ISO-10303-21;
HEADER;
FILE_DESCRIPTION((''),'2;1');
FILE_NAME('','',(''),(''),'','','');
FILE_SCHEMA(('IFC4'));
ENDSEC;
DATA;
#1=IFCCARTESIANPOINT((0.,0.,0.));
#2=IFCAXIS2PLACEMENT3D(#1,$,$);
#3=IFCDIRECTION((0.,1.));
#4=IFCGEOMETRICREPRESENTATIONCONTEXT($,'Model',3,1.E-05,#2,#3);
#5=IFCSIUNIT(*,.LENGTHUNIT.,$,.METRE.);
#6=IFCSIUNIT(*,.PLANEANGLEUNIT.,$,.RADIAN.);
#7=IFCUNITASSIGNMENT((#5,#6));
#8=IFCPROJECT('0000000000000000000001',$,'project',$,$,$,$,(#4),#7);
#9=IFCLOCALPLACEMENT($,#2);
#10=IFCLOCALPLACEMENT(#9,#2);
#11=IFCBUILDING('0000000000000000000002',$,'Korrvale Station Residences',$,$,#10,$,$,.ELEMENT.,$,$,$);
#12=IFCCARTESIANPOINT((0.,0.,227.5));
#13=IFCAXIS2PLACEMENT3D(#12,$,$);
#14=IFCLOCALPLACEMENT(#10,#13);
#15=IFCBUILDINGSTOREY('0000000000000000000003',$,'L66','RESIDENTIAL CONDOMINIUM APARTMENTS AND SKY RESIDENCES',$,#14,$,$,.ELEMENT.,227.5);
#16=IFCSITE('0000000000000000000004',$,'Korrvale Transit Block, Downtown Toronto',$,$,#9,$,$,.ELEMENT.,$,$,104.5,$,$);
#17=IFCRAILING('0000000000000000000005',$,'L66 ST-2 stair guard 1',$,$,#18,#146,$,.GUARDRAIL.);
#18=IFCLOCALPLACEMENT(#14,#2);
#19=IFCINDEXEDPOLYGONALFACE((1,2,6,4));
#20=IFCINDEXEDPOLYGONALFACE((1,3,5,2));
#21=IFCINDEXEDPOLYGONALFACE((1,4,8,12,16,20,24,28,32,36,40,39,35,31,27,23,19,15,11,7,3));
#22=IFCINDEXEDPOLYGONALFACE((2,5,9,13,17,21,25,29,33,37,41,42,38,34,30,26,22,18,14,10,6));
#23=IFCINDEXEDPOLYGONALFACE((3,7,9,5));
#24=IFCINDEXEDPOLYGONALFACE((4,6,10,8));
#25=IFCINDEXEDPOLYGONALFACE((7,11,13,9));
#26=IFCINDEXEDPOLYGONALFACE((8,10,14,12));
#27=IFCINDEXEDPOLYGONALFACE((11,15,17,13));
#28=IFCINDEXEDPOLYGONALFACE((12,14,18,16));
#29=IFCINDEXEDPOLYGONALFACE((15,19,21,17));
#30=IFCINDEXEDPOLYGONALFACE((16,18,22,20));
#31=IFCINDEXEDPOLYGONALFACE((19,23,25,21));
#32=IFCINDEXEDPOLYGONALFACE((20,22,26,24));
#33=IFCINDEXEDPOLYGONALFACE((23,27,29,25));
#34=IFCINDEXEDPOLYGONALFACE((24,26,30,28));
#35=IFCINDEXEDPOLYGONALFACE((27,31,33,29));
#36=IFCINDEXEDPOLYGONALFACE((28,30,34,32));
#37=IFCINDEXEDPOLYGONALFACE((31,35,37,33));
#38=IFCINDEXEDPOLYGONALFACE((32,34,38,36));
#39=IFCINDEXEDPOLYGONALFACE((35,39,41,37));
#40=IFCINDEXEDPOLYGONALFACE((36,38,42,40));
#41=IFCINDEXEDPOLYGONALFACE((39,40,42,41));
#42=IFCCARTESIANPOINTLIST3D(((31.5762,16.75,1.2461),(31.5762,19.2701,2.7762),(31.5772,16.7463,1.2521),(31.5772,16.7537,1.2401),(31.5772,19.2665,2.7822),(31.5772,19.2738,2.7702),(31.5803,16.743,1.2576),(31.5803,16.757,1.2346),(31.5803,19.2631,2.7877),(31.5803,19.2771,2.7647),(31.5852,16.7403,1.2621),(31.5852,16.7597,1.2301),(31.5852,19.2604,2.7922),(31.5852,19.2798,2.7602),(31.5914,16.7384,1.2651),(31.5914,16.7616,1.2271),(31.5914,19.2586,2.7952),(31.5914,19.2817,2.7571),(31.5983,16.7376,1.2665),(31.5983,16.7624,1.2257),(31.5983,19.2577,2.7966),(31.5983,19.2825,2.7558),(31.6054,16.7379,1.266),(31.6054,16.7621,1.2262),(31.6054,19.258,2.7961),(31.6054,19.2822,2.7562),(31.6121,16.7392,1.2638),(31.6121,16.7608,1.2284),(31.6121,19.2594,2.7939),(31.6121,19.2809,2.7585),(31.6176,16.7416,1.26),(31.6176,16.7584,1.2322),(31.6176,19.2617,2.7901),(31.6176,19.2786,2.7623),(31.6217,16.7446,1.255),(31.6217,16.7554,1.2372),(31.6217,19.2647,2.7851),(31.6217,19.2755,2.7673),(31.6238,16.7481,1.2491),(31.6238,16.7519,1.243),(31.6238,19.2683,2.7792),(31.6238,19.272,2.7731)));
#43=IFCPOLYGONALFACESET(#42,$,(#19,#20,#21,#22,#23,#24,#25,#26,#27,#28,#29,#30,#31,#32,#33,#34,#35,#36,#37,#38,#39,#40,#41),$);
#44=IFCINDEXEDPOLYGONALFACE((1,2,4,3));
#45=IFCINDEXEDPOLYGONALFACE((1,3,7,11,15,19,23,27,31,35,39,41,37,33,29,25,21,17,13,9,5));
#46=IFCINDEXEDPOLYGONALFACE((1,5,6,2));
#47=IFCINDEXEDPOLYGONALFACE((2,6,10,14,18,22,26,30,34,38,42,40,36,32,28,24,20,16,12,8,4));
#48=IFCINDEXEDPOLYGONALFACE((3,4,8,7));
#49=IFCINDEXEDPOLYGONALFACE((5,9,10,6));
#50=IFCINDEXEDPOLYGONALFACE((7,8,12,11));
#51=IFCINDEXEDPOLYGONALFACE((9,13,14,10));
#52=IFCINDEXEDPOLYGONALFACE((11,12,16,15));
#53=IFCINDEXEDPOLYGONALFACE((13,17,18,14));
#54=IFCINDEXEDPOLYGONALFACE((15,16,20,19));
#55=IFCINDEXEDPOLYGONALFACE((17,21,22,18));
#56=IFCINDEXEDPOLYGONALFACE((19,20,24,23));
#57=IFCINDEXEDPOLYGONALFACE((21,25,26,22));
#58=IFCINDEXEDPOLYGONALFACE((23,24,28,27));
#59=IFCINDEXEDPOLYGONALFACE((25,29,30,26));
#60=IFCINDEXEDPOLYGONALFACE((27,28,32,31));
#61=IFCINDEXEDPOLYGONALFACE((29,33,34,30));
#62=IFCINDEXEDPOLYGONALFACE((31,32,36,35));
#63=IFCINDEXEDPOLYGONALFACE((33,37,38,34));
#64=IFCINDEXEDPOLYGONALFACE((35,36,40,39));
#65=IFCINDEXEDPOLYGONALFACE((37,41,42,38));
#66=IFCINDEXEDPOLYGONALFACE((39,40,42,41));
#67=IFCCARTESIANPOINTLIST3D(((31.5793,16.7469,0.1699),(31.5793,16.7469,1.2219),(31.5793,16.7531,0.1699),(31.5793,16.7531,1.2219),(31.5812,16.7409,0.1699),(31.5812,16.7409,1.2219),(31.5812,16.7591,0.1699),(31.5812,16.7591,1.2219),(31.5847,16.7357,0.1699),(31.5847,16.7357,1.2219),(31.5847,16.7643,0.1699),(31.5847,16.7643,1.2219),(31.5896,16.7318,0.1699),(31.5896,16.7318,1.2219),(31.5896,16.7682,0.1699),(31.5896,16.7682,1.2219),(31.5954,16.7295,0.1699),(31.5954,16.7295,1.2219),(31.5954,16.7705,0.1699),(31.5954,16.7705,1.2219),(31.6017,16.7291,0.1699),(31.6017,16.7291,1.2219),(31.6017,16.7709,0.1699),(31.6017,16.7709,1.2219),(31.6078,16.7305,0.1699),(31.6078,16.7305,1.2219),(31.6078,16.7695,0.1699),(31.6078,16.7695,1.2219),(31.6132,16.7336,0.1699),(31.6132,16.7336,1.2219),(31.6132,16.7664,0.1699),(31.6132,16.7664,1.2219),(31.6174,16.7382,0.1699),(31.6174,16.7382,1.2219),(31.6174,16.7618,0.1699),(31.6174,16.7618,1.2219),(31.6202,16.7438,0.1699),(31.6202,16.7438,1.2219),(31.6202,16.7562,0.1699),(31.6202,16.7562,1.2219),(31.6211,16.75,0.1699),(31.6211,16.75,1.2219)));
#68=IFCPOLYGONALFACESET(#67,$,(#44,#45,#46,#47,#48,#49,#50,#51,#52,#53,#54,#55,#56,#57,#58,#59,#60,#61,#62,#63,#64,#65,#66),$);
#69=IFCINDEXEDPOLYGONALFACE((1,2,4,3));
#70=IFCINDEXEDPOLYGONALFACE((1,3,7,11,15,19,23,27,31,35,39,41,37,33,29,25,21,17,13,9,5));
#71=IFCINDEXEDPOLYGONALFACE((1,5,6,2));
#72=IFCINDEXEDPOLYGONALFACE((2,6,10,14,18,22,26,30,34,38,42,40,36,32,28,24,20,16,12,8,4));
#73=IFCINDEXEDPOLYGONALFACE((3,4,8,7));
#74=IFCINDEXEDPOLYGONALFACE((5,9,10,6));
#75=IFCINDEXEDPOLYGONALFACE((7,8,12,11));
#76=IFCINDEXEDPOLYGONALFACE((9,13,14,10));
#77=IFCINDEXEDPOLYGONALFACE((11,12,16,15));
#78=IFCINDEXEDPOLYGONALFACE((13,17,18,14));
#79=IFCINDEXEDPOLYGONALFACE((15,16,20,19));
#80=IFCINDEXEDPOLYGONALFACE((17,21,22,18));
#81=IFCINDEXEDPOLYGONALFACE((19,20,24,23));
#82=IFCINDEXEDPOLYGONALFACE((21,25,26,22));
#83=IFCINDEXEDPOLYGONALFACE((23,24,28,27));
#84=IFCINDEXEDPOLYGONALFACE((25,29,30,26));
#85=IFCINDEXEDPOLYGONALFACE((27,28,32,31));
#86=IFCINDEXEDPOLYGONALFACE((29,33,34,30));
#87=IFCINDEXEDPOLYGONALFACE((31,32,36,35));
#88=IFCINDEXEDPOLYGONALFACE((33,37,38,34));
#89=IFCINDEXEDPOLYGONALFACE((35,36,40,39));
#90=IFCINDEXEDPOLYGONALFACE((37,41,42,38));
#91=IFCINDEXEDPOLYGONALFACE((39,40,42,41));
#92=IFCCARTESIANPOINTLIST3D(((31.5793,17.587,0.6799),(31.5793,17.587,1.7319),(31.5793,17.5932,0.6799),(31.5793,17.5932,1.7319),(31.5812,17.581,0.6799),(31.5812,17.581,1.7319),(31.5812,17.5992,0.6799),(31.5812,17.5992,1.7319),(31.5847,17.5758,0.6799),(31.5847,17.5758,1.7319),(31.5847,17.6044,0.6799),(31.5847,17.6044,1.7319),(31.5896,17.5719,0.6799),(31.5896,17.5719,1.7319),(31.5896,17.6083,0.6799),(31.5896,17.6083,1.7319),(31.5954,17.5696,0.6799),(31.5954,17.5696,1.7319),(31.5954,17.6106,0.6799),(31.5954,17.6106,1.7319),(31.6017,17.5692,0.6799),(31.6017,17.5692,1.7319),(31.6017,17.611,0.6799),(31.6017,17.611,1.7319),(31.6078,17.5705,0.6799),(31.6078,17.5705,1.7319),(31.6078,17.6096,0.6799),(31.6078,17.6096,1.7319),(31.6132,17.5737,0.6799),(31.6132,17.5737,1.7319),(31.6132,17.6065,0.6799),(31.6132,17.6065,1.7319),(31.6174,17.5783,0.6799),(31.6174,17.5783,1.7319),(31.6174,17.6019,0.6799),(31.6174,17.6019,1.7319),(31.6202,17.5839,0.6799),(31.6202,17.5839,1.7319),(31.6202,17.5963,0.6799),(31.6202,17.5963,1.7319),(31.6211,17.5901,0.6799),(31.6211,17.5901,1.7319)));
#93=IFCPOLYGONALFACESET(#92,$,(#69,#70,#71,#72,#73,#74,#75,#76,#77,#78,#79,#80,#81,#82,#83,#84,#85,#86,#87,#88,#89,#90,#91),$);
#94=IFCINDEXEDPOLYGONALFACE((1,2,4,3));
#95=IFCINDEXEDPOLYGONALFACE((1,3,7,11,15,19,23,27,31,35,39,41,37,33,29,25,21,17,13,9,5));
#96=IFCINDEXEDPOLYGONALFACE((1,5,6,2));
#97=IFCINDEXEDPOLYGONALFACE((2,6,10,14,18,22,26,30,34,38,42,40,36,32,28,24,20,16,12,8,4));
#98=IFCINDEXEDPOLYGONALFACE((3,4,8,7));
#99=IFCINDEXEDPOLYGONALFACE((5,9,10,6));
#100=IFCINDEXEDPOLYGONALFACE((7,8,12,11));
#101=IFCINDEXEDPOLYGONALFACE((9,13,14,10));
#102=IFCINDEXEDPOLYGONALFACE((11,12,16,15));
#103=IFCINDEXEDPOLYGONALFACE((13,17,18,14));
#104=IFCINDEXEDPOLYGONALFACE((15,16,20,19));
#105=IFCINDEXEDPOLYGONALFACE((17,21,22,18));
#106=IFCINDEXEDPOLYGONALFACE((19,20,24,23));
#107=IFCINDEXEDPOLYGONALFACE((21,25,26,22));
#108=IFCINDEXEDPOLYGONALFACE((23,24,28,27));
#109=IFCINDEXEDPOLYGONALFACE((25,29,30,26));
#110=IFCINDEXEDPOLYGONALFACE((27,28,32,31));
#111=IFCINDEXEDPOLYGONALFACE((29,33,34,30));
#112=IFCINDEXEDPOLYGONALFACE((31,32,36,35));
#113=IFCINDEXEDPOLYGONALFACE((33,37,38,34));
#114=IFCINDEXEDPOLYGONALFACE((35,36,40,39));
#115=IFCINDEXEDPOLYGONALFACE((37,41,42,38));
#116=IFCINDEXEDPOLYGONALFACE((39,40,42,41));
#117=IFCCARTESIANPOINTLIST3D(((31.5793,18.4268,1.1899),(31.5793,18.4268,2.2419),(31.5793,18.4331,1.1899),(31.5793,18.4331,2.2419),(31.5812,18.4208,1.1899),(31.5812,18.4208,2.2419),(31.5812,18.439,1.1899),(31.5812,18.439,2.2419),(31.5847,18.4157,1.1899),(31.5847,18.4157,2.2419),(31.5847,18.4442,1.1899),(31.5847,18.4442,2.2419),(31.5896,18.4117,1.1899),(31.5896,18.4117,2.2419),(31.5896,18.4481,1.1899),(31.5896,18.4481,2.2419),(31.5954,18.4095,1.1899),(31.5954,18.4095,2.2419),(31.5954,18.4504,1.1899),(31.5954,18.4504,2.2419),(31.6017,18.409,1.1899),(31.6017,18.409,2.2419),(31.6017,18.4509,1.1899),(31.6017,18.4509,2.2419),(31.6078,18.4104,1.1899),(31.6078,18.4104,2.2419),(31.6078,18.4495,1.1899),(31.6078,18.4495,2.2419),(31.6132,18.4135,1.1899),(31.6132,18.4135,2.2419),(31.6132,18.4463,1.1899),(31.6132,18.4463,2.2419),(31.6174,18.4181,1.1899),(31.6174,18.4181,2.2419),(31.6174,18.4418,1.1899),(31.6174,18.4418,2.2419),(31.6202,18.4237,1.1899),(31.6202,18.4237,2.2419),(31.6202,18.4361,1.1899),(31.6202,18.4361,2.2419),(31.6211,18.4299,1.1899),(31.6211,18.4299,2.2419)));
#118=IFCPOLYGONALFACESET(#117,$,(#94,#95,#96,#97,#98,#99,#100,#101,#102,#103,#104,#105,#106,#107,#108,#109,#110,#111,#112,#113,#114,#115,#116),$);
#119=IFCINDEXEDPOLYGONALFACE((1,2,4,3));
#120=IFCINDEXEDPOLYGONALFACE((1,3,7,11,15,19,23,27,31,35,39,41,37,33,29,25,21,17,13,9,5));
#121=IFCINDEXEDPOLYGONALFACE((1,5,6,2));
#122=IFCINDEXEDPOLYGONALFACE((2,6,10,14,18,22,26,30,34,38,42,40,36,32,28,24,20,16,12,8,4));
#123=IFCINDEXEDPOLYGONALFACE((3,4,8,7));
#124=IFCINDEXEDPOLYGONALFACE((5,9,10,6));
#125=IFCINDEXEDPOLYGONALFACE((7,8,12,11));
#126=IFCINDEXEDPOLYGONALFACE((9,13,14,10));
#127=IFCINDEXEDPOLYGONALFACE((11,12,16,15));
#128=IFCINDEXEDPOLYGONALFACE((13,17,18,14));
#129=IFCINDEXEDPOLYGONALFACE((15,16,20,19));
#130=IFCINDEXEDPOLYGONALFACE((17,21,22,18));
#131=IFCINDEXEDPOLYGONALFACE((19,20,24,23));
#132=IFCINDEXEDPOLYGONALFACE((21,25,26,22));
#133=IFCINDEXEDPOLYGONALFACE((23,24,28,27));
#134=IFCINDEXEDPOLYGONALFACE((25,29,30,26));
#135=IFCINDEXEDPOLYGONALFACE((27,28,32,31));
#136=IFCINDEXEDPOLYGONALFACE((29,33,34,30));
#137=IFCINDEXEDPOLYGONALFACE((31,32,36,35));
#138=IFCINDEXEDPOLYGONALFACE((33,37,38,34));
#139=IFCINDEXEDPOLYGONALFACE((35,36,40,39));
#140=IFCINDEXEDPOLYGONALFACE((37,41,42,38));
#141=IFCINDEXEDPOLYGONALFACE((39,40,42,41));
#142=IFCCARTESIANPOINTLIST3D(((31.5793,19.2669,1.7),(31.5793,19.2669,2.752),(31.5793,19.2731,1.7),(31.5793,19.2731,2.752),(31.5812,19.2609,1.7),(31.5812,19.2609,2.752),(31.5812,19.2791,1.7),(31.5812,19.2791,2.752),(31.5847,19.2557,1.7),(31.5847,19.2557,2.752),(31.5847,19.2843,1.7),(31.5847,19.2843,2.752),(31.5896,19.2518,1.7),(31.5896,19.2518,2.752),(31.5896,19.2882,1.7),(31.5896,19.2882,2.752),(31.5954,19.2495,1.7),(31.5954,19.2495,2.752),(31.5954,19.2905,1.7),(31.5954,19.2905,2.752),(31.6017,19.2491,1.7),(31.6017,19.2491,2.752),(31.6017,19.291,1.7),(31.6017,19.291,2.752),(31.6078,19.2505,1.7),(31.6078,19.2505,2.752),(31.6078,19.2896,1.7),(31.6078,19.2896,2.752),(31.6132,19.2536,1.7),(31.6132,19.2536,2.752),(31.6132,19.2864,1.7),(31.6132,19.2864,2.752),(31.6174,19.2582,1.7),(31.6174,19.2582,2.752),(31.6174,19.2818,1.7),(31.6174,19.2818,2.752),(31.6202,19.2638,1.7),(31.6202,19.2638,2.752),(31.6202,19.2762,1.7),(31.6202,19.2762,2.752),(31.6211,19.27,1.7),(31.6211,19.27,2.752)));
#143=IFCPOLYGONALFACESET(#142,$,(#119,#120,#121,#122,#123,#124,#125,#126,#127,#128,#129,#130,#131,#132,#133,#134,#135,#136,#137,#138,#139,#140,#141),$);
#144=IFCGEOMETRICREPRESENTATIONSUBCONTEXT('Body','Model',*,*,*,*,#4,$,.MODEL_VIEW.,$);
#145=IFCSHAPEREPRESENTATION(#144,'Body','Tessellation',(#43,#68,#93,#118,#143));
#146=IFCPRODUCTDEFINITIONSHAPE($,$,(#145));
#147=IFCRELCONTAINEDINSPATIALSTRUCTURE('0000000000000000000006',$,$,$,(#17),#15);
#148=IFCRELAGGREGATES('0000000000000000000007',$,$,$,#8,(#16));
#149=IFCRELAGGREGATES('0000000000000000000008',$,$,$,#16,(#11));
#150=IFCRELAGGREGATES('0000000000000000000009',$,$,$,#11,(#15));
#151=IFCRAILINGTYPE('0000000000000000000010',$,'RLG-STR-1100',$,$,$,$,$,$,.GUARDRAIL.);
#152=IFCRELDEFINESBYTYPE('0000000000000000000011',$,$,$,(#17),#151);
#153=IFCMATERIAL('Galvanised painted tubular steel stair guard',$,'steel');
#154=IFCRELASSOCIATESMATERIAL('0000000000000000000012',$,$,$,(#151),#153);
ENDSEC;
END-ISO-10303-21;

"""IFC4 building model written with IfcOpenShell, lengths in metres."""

from ifc_helpers import new_model, si_unit, direction, frame, origin, origin_2d, place, context, subcontext, project, spatial, circle, extrude, material, type_object, element, save


model = new_model("IFC4")

# Units and contexts
model_context = context("Model", 3, precision=1e-05, world=origin(), true_north=direction((0.0, 1.0)))
body_context = subcontext(model_context, "Body", "Model", "MODEL_VIEW")
ifc_project = project(units=[si_unit("LENGTHUNIT", "METRE"), si_unit("PLANEANGLEUNIT", "RADIAN")], contexts=[model_context])

# Site, building, storey
site_placement = place(None, origin())
site = spatial("IfcSite", under=ifc_project, at=site_placement, Name="Korrvale Transit Block, Downtown Toronto", CompositionType="ELEMENT", RefElevation=104.5)
building_placement = place(site_placement, origin())
building = spatial("IfcBuilding", under=site, at=building_placement, Name="Korrvale Station Residences", CompositionType="ELEMENT")
storey_placement = place(building_placement, frame((0.0, 0.0, 227.5)))
storey = spatial("IfcBuildingStorey", under=building, at=storey_placement, Name="L66", Description="RESIDENTIAL CONDOMINIUM APARTMENTS AND SKY RESIDENCES", CompositionType="ELEMENT", Elevation=227.5)

# Railing
ifc_material_1 = material(Name="Galvanised painted tubular steel stair guard", Category="steel")
railing_type_1 = type_object("IfcRailingType", Name="RLG-STR-1100", PredefinedType="GUARDRAIL", material=ifc_material_1)
railing_1_placement = place(storey_placement, frame((31.6001, 16.75, 0.1699)))
element("IfcRailing", 1, at=railing_1_placement, inside=storey, type_object=railing_type_1, Name="L66 ST-2 stair guard 1", PredefinedType="GUARDRAIL", context=body_context, shape_type="SweptSolid", body=[
    extrude(circle(Radius=0.0239, at=origin_2d()), frame((0.0, 0.0, 1.0762), z_axis=(0.0, 0.854785, 0.518982), x_axis=(-1.0, 0.0, 0.0)), (0.0, 0.0, 1.0), 2.9482),
    extrude(circle(Radius=0.021, at=origin_2d()), origin(), (0.0, 0.0, 1.0), 1.052),
    extrude(circle(Radius=0.021, at=origin_2d()), frame((0.0, 0.8401, 0.51)), (0.0, 0.0, 1.0), 1.052),
    extrude(circle(Radius=0.021, at=origin_2d()), frame((0.0, 1.6799, 1.02)), (0.0, 0.0, 1.0), 1.052),
    extrude(circle(Radius=0.021, at=origin_2d()), frame((0.0, 2.52, 1.53)), (0.0, 0.0, 1.0), 1.052),
])

save(model, "model.ifc")
